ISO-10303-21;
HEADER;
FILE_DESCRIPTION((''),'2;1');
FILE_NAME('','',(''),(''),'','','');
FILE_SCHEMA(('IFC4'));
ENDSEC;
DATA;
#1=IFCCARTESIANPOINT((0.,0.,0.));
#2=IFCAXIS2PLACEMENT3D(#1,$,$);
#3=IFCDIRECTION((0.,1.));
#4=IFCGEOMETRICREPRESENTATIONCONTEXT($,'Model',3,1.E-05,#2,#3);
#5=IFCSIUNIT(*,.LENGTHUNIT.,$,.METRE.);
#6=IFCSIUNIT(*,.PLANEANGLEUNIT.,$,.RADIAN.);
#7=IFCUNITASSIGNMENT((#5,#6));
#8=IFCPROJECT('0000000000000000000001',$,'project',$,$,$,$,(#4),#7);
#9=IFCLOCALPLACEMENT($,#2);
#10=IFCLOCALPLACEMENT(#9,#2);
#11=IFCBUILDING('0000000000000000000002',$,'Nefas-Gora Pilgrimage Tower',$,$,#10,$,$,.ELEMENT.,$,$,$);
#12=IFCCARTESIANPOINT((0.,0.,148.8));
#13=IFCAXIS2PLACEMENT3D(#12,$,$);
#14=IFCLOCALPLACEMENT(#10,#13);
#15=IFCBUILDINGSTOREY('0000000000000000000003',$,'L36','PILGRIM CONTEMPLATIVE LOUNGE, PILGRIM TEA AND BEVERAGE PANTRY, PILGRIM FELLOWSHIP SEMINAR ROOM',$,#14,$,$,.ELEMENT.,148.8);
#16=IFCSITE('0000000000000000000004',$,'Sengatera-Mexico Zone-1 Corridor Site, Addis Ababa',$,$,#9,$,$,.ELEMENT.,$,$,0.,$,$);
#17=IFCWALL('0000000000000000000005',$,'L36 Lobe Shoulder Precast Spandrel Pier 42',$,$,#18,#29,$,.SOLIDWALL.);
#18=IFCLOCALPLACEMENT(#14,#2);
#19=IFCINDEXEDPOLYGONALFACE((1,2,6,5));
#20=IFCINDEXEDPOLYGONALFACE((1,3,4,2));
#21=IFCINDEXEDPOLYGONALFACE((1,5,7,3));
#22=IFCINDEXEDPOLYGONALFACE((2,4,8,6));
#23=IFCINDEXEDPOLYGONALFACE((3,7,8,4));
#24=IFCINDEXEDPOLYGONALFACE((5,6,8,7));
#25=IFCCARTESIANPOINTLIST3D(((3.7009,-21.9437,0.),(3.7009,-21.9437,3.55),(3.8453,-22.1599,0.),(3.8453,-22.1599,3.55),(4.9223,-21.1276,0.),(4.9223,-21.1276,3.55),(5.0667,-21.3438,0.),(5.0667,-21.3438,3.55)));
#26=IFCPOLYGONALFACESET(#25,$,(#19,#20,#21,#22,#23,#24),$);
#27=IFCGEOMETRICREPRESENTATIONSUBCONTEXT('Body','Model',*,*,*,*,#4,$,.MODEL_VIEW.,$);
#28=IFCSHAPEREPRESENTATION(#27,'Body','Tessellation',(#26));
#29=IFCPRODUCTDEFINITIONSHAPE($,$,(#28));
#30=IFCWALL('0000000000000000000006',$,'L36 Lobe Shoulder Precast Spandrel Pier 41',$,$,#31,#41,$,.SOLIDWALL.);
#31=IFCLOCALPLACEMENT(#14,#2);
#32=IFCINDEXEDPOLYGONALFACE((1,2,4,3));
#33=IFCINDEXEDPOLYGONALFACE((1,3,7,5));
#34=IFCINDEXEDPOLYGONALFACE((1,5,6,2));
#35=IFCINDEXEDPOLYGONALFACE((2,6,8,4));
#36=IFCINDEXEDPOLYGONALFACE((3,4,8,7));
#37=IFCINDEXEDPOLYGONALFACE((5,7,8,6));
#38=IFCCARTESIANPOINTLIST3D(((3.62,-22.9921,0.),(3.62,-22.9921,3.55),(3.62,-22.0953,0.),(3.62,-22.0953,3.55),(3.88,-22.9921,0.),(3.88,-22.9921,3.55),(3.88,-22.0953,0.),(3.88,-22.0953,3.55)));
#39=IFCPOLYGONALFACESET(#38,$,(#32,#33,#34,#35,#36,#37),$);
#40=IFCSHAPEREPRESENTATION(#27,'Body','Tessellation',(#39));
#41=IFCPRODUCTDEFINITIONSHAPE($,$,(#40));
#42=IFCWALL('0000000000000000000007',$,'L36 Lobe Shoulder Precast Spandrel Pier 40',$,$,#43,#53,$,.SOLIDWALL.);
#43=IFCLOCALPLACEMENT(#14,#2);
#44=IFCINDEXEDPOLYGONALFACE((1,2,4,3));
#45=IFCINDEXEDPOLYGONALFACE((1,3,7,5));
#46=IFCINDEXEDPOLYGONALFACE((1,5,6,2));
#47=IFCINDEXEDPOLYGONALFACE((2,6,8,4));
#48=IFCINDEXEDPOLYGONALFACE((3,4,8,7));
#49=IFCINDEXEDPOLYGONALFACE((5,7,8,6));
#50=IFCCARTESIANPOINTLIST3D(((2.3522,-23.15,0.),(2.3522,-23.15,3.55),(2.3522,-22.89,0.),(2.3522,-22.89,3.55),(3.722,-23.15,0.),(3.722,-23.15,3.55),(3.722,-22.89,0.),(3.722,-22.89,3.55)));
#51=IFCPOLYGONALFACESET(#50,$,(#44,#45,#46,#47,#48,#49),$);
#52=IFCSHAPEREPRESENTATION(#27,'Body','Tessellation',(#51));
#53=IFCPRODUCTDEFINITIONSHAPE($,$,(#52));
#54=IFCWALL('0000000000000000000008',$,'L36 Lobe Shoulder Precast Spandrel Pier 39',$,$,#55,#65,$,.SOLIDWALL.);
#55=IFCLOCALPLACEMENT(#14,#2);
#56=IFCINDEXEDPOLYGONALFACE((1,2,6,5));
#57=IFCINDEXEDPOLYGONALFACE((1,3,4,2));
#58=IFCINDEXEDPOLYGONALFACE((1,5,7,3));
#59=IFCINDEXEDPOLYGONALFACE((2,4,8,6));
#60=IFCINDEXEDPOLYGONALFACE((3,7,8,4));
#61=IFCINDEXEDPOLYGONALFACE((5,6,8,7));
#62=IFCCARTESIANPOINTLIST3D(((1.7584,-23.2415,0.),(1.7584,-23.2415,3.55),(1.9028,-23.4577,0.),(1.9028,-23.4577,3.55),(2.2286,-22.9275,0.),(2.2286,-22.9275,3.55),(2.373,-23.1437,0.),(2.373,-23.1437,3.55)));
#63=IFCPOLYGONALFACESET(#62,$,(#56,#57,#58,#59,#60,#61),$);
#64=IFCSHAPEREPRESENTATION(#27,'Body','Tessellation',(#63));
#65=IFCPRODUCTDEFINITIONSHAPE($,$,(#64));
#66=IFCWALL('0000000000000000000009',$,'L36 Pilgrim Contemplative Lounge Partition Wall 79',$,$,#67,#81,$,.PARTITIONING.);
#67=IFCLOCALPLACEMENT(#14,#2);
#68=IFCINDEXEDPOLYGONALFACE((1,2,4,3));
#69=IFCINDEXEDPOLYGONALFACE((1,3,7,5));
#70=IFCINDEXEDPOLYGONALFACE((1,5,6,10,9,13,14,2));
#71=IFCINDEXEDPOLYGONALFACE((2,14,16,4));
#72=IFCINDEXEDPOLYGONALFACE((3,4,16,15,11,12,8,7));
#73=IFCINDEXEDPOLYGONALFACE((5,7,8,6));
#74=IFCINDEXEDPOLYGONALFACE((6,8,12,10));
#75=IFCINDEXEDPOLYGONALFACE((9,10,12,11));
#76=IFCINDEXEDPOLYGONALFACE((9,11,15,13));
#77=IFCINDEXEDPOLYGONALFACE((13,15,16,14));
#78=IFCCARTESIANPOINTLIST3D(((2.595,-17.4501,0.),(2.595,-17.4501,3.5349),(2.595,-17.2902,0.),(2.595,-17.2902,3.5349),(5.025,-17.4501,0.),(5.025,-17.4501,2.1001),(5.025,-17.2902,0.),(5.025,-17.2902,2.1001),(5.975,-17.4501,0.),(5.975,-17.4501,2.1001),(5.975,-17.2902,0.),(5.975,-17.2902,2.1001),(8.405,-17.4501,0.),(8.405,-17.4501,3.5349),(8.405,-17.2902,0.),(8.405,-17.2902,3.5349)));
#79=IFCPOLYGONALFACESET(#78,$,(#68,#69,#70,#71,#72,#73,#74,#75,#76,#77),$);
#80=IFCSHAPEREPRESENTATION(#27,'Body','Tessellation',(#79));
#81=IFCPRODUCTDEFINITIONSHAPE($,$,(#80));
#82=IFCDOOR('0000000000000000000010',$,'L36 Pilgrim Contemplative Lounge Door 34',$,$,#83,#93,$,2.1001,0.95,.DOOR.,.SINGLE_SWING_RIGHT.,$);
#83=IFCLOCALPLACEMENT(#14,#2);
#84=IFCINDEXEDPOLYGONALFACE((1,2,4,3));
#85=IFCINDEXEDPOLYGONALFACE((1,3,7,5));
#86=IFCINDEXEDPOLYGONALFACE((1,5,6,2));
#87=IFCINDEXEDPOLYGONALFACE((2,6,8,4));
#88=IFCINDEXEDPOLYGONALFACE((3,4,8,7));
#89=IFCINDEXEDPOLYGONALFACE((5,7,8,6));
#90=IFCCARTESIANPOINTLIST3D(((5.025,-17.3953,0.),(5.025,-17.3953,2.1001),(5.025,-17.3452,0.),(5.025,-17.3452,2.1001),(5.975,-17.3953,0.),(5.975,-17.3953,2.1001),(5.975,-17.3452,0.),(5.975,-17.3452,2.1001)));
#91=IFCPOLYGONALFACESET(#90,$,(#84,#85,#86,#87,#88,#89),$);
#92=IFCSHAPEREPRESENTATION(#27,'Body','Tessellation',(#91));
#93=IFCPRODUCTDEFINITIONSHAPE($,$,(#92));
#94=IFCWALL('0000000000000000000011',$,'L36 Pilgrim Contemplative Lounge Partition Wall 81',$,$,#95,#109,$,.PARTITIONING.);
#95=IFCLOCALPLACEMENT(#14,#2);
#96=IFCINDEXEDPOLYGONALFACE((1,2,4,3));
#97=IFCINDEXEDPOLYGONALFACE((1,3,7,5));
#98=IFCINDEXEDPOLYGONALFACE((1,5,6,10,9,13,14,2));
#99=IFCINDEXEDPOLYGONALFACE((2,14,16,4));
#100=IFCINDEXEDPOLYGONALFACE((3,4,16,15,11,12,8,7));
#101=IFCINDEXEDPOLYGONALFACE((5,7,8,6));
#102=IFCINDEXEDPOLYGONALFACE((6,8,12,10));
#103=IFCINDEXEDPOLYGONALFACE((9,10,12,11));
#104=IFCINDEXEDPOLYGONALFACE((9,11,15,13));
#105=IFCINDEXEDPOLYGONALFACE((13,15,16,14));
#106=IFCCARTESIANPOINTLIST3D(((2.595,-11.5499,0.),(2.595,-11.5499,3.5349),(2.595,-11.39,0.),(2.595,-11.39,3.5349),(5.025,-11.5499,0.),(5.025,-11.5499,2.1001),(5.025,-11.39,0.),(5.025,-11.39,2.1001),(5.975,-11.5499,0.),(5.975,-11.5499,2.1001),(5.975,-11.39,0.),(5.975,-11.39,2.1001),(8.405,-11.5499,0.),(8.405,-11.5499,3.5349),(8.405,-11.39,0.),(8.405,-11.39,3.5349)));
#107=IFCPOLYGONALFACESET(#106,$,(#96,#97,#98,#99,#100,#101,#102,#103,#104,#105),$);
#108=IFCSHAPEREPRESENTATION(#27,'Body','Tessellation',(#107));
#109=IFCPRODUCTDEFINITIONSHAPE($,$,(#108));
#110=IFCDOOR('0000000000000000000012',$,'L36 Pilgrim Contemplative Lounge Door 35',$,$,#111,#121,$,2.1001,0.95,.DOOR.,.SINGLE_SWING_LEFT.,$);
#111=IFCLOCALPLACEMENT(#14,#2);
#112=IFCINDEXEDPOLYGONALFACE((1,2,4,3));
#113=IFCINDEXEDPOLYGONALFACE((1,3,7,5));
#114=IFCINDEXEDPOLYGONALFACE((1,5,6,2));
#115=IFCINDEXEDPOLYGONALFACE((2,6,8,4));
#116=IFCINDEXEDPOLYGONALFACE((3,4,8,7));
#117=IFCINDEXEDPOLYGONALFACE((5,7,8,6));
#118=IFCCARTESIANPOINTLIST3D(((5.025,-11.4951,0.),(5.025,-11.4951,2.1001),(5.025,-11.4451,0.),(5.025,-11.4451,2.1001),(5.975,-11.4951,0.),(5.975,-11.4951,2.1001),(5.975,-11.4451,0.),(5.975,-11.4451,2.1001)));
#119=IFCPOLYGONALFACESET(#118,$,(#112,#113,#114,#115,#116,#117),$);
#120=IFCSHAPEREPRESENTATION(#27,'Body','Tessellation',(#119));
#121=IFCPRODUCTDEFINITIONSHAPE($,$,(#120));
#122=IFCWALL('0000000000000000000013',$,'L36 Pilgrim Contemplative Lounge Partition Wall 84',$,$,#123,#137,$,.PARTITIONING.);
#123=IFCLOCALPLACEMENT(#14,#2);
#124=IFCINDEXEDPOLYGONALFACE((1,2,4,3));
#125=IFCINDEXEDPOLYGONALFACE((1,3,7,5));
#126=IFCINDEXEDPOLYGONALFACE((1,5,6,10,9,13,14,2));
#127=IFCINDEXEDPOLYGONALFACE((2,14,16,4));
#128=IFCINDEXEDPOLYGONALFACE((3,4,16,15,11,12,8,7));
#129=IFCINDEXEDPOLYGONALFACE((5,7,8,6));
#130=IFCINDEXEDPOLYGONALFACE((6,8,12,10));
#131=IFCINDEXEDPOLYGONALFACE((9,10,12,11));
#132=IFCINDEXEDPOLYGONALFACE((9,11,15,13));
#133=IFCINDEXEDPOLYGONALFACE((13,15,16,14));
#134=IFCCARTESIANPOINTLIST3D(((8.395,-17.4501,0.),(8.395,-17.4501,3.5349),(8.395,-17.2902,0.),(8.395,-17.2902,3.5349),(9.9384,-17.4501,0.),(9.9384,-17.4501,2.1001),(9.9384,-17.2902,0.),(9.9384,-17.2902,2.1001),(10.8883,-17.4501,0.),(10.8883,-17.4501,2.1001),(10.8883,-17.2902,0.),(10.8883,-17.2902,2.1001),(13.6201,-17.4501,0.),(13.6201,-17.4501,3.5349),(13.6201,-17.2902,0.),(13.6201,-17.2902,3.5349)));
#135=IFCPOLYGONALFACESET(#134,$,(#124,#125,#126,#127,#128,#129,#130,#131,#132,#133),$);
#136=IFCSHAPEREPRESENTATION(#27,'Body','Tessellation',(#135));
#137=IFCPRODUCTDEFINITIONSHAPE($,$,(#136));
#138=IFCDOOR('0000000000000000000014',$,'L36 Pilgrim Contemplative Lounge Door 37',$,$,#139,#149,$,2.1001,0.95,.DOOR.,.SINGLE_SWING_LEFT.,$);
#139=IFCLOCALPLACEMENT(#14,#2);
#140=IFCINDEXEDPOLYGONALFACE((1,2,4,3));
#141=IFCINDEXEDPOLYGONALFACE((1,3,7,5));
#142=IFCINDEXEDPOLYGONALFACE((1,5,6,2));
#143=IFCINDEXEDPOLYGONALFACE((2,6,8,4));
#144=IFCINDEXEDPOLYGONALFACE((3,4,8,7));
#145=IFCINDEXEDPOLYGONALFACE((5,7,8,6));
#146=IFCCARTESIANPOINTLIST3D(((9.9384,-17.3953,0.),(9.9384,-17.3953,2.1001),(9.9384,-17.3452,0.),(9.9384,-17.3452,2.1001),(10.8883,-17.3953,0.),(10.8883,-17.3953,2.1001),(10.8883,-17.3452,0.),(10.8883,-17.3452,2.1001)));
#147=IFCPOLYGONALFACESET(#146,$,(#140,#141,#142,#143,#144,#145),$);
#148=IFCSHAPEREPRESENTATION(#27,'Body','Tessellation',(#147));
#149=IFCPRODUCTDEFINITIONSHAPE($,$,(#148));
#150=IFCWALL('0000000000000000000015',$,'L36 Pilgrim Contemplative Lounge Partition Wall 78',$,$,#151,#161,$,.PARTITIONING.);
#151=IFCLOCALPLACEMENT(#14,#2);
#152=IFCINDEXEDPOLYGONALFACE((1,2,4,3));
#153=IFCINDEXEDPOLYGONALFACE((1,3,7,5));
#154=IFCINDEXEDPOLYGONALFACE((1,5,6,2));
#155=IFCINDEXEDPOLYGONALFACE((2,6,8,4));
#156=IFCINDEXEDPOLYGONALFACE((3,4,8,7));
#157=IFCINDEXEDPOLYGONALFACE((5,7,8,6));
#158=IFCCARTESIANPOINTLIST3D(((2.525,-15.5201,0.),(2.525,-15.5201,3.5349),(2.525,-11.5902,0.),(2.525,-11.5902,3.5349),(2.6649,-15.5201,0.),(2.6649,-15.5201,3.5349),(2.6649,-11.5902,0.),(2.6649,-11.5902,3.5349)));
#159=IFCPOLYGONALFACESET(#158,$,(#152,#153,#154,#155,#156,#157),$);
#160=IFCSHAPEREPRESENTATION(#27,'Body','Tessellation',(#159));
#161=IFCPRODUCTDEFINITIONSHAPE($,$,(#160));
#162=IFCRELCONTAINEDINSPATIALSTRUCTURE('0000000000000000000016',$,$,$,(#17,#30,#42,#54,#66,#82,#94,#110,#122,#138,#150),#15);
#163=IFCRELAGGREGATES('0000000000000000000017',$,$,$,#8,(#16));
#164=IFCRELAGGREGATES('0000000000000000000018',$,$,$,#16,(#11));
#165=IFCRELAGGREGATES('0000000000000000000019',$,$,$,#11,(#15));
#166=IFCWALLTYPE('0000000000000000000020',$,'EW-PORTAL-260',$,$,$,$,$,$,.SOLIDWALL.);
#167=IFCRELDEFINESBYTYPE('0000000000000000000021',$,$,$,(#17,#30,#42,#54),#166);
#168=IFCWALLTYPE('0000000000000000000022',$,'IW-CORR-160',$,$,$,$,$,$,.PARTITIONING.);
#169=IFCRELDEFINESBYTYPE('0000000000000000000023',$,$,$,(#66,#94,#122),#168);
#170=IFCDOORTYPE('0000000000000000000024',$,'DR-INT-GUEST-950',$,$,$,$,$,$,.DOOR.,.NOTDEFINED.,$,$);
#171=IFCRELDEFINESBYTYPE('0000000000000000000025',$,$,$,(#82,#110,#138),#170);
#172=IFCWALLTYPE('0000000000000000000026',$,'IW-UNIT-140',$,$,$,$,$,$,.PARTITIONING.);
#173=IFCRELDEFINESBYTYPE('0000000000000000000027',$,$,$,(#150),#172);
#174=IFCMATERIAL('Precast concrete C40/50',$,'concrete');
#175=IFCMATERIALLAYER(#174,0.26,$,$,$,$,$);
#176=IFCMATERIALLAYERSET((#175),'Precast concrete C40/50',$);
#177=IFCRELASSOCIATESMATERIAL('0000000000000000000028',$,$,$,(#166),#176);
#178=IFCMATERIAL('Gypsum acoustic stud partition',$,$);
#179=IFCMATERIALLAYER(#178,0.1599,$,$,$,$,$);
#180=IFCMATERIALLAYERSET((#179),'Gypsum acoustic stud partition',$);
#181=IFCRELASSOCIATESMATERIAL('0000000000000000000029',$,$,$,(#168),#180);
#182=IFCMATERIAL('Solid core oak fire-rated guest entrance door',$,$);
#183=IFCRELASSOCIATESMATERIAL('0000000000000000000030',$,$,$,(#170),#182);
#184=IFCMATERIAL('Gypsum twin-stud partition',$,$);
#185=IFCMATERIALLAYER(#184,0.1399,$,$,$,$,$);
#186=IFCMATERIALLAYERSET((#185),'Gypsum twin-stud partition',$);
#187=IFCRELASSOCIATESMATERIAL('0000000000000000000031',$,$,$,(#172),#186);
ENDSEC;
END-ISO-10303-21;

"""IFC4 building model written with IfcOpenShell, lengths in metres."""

from ifc_helpers import new_model, si_unit, direction, frame, frame_2d, origin, place, context, subcontext, project, spatial, rectangle, extrude, source, transform, mapped, material, layer, layer_set, type_object, element, fill, save


model = new_model("IFC4")

# Units and contexts
model_context = context("Model", 3, precision=1e-05, world=origin(), true_north=direction((0.0, 1.0)))
body_context = subcontext(model_context, "Body", "Model", "MODEL_VIEW")
ifc_project = project(units=[si_unit("LENGTHUNIT", "METRE"), si_unit("PLANEANGLEUNIT", "RADIAN")], contexts=[model_context])

# Site, building, storey
site_placement = place(None, origin())
site = spatial("IfcSite", under=ifc_project, at=site_placement, Name="Sengatera-Mexico Zone-1 Corridor Site, Addis Ababa", CompositionType="ELEMENT", RefElevation=0.0)
building_placement = place(site_placement, origin())
building = spatial("IfcBuilding", under=site, at=building_placement, Name="Nefas-Gora Pilgrimage Tower", CompositionType="ELEMENT")
storey_placement = place(building_placement, frame((0.0, 0.0, 148.8)))
storey = spatial("IfcBuildingStorey", under=building, at=storey_placement, Name="L36", Description="PILGRIM CONTEMPLATIVE LOUNGE, PILGRIM TEA AND BEVERAGE PANTRY, PILGRIM FELLOWSHIP SEMINAR ROOM", CompositionType="ELEMENT", Elevation=148.8)

# Walls
ifc_material_1 = material(Name="Precast concrete C40/50", Category="concrete")
ifc_layer_1 = layer(ifc_material_1, 0.26)
ifc_layer_set_1 = layer_set([ifc_layer_1], Name="Precast concrete C40/50")
wall_type_1 = type_object("IfcWallType", Name="EW-PORTAL-260", PredefinedType="SOLIDWALL", material=ifc_layer_set_1)
shared_shape_1 = source(origin(), body_context, "Body", "SweptSolid", [
    extrude(rectangle(XDim=1.469, YDim=0.26, at=frame_2d((0.7344, 0.0))), origin(), (0.0, 0.0, 1.0), 3.55),
])
wall_1_placement = place(storey_placement, frame((3.7732, -22.0518, 0.0), z_axis=(0.0, 0.0, 1.0), x_axis=(0.831462, 0.555582, 0.0)))
element("IfcWall", 1, at=wall_1_placement, inside=storey, type_object=wall_type_1, Name="L36 Lobe Shoulder Precast Spandrel Pier 42", PredefinedType="SOLIDWALL", context=body_context, shape_type="MappedRepresentation", body=[
    mapped(shared_shape_1, transform((0.0, 0.0, 0.0), x_axis=(1.0, 0.0, 0.0), y_axis=(0.0, 1.0, 0.0), z_axis=(0.0, 0.0, 1.0), scale=1.0)),
])
shared_shape_2 = source(origin(), body_context, "Body", "SweptSolid", [
    extrude(rectangle(XDim=0.8967, YDim=0.26, at=frame_2d((0.4482, 0.0))), origin(), (0.0, 0.0, 1.0), 3.55),
])
wall_2_placement = place(storey_placement, frame((3.75, -22.9919, 0.0), z_axis=(0.0, 0.0, 1.0), x_axis=(0.0, 1.0, 0.0)))
element("IfcWall", 2, at=wall_2_placement, inside=storey, type_object=wall_type_1, Name="L36 Lobe Shoulder Precast Spandrel Pier 41", PredefinedType="SOLIDWALL", context=body_context, shape_type="MappedRepresentation", body=[
    mapped(shared_shape_2, transform((0.0, 0.0, 0.0), x_axis=(1.0, 0.0, 0.0), y_axis=(0.0, 1.0, 0.0), z_axis=(0.0, 0.0, 1.0), scale=1.0)),
])
shared_shape_3 = source(origin(), body_context, "Body", "SweptSolid", [
    extrude(rectangle(XDim=1.3699, YDim=0.26, at=frame_2d((0.6851, 0.0))), origin(), (0.0, 0.0, 1.0), 3.55),
])
wall_3_placement = place(storey_placement, frame((2.3521, -23.02, 0.0), z_axis=(0.0, 0.0, 1.0), x_axis=(1.0, 0.0, 0.0)))
element("IfcWall", 3, at=wall_3_placement, inside=storey, type_object=wall_type_1, Name="L36 Lobe Shoulder Precast Spandrel Pier 40", PredefinedType="SOLIDWALL", context=body_context, shape_type="MappedRepresentation", body=[
    mapped(shared_shape_3, transform((0.0, 0.0, 0.0), x_axis=(1.0, 0.0, 0.0), y_axis=(0.0, 1.0, 0.0), z_axis=(0.0, 0.0, 1.0), scale=1.0)),
])
shared_shape_4 = source(origin(), body_context, "Body", "SweptSolid", [
    extrude(rectangle(XDim=0.5654, YDim=0.26, at=frame_2d((0.2827, 0.0))), origin(), (0.0, 0.0, 1.0), 3.55),
])
wall_4_placement = place(storey_placement, frame((1.8306, -23.3496, 0.0), z_axis=(0.0, 0.0, 1.0), x_axis=(0.831651, 0.555298, 0.0)))
element("IfcWall", 4, at=wall_4_placement, inside=storey, type_object=wall_type_1, Name="L36 Lobe Shoulder Precast Spandrel Pier 39", PredefinedType="SOLIDWALL", context=body_context, shape_type="MappedRepresentation", body=[
    mapped(shared_shape_4, transform((0.0, 0.0, 0.0), x_axis=(1.0, 0.0, 0.0), y_axis=(0.0, 1.0, 0.0), z_axis=(0.0, 0.0, 1.0), scale=1.0)),
])

# Walls, openings, doors
ifc_material_2 = material(Name="Gypsum acoustic stud partition")
ifc_layer_2 = layer(ifc_material_2, 0.1599)
ifc_layer_set_2 = layer_set([ifc_layer_2], Name="Gypsum acoustic stud partition")
wall_type_2 = type_object("IfcWallType", Name="IW-CORR-160", PredefinedType="PARTITIONING", material=ifc_layer_set_2)
shared_shape_5 = source(origin(), body_context, "Body", "SweptSolid", [
    extrude(rectangle(XDim=5.8101, YDim=0.1599, at=frame_2d((2.905, 0.0))), origin(), (0.0, 0.0, 1.0), 3.5349),
])
wall_5_placement = place(storey_placement, frame((2.595, -17.3701, 0.0), z_axis=(0.0, 0.0, 1.0), x_axis=(1.0, 0.0, 0.0)))
wall_5 = element("IfcWall", 5, at=wall_5_placement, inside=storey, type_object=wall_type_2, Name="L36 Pilgrim Contemplative Lounge Partition Wall 79", PredefinedType="PARTITIONING", context=body_context, shape_type="MappedRepresentation", body=[
    mapped(shared_shape_5, transform((0.0, 0.0, 0.0), x_axis=(1.0, 0.0, 0.0), y_axis=(0.0, 1.0, 0.0), z_axis=(0.0, 0.0, 1.0), scale=1.0)),
])
opening_1_placement = place(wall_5_placement, frame((2.4299, 0.0, 0.0)))
opening_1 = element("IfcOpeningElement", 6, at=opening_1_placement, cuts=wall_5, PredefinedType="OPENING", context=body_context, shape_type="SweptSolid", body=[
    extrude(rectangle(XDim=0.95, YDim=2.1001, at=frame_2d((0.4751, 1.05))), frame((0.0, 0.0898, 0.0), z_axis=(0.0, -1.0, 0.0), x_axis=(1.0, 0.0, 0.0)), (0.0, 0.0, 1.0), 0.1799),
])
ifc_material_3 = material(Name="Solid core oak fire-rated guest entrance door")
door_type = type_object("IfcDoorType", Name="DR-INT-GUEST-950", OperationType="NOTDEFINED", PredefinedType="DOOR", material=ifc_material_3)
shared_shape_6 = source(origin(), body_context, "Body", "SweptSolid", [
    extrude(rectangle(XDim=0.95, YDim=2.1001, at=frame_2d((0.4751, 1.05))), frame((0.0, 0.0249, 0.0), z_axis=(0.0, -1.0, 0.0), x_axis=(1.0, 0.0, 0.0)), (0.0, 0.0, 1.0), 0.05),
])
door_1_placement = place(opening_1_placement, origin())
door_1 = element("IfcDoor", 7, at=door_1_placement, inside=storey, type_object=door_type, Name="L36 Pilgrim Contemplative Lounge Door 34", OperationType="SINGLE_SWING_RIGHT", OverallHeight=2.1001, OverallWidth=0.95, PredefinedType="DOOR", context=body_context, shape_type="MappedRepresentation", body=[
    mapped(shared_shape_6, transform((0.0, 0.0, 0.0), x_axis=(1.0, 0.0, 0.0), y_axis=(0.0, 1.0, 0.0), z_axis=(0.0, 0.0, 1.0), scale=1.0)),
])
fill(opening_1, door_1)
wall_6_placement = place(storey_placement, frame((2.595, -11.47, 0.0), z_axis=(0.0, 0.0, 1.0), x_axis=(1.0, 0.0, 0.0)))
wall_6 = element("IfcWall", 8, at=wall_6_placement, inside=storey, type_object=wall_type_2, Name="L36 Pilgrim Contemplative Lounge Partition Wall 81", PredefinedType="PARTITIONING", context=body_context, shape_type="MappedRepresentation", body=[
    mapped(shared_shape_5, transform((0.0, 0.0, 0.0), x_axis=(1.0, 0.0, 0.0), y_axis=(0.0, 1.0, 0.0), z_axis=(0.0, 0.0, 1.0), scale=1.0)),
])
opening_2_placement = place(wall_6_placement, frame((2.4299, 0.0, 0.0)))
opening_2 = element("IfcOpeningElement", 9, at=opening_2_placement, cuts=wall_6, PredefinedType="OPENING", context=body_context, shape_type="SweptSolid", body=[
    extrude(rectangle(XDim=0.95, YDim=2.1001, at=frame_2d((0.4751, 1.05))), frame((0.0, 0.0898, 0.0), z_axis=(0.0, -1.0, 0.0), x_axis=(1.0, 0.0, 0.0)), (0.0, 0.0, 1.0), 0.1799),
])
door_2_placement = place(opening_2_placement, origin())
door_2 = element("IfcDoor", 10, at=door_2_placement, inside=storey, type_object=door_type, Name="L36 Pilgrim Contemplative Lounge Door 35", OperationType="SINGLE_SWING_LEFT", OverallHeight=2.1001, OverallWidth=0.95, PredefinedType="DOOR", context=body_context, shape_type="MappedRepresentation", body=[
    mapped(shared_shape_6, transform((0.0, 0.0, 0.0), x_axis=(1.0, 0.0, 0.0), y_axis=(0.0, 1.0, 0.0), z_axis=(0.0, 0.0, 1.0), scale=1.0)),
])
fill(opening_2, door_2)
shared_shape_7 = source(origin(), body_context, "Body", "SweptSolid", [
    extrude(rectangle(XDim=5.2251, YDim=0.1599, at=frame_2d((2.6125, 0.0))), origin(), (0.0, 0.0, 1.0), 3.5349),
])
wall_7_placement = place(storey_placement, frame((8.395, -17.3701, 0.0), z_axis=(0.0, 0.0, 1.0), x_axis=(1.0, 0.0, 0.0)))
wall_7 = element("IfcWall", 11, at=wall_7_placement, inside=storey, type_object=wall_type_2, Name="L36 Pilgrim Contemplative Lounge Partition Wall 84", PredefinedType="PARTITIONING", context=body_context, shape_type="MappedRepresentation", body=[
    mapped(shared_shape_7, transform((0.0, 0.0, 0.0), x_axis=(1.0, 0.0, 0.0), y_axis=(0.0, 1.0, 0.0), z_axis=(0.0, 0.0, 1.0), scale=1.0)),
])
opening_3_placement = place(wall_7_placement, frame((1.5432, 0.0, 0.0)))
opening_3 = element("IfcOpeningElement", 12, at=opening_3_placement, cuts=wall_7, PredefinedType="OPENING", context=body_context, shape_type="SweptSolid", body=[
    extrude(rectangle(XDim=0.95, YDim=2.1001, at=frame_2d((0.4751, 1.05))), frame((0.0, 0.0898, 0.0), z_axis=(0.0, -1.0, 0.0), x_axis=(1.0, 0.0, 0.0)), (0.0, 0.0, 1.0), 0.1799),
])
door_3_placement = place(opening_3_placement, origin())
door_3 = element("IfcDoor", 13, at=door_3_placement, inside=storey, type_object=door_type, Name="L36 Pilgrim Contemplative Lounge Door 37", OperationType="SINGLE_SWING_LEFT", OverallHeight=2.1001, OverallWidth=0.95, PredefinedType="DOOR", context=body_context, shape_type="MappedRepresentation", body=[
    mapped(shared_shape_6, transform((0.0, 0.0, 0.0), x_axis=(1.0, 0.0, 0.0), y_axis=(0.0, 1.0, 0.0), z_axis=(0.0, 0.0, 1.0), scale=1.0)),
])
fill(opening_3, door_3)

# Wall
ifc_material_4 = material(Name="Gypsum twin-stud partition")
ifc_layer_3 = layer(ifc_material_4, 0.1399)
ifc_layer_set_3 = layer_set([ifc_layer_3], Name="Gypsum twin-stud partition")
wall_type_3 = type_object("IfcWallType", Name="IW-UNIT-140", PredefinedType="PARTITIONING", material=ifc_layer_set_3)
shared_shape_8 = source(origin(), body_context, "Body", "SweptSolid", [
    extrude(rectangle(XDim=3.9299, YDim=0.1399, at=frame_2d((1.9648, 0.0))), origin(), (0.0, 0.0, 1.0), 3.5349),
])
wall_8_placement = place(storey_placement, frame((2.595, -15.52, 0.0), z_axis=(0.0, 0.0, 1.0), x_axis=(0.0, 1.0, 0.0)))
element("IfcWall", 14, at=wall_8_placement, inside=storey, type_object=wall_type_3, Name="L36 Pilgrim Contemplative Lounge Partition Wall 78", PredefinedType="PARTITIONING", context=body_context, shape_type="MappedRepresentation", body=[
    mapped(shared_shape_8, transform((0.0, 0.0, 0.0), x_axis=(1.0, 0.0, 0.0), y_axis=(0.0, 1.0, 0.0), z_axis=(0.0, 0.0, 1.0), scale=1.0)),
])

save(model, "model.ifc")
